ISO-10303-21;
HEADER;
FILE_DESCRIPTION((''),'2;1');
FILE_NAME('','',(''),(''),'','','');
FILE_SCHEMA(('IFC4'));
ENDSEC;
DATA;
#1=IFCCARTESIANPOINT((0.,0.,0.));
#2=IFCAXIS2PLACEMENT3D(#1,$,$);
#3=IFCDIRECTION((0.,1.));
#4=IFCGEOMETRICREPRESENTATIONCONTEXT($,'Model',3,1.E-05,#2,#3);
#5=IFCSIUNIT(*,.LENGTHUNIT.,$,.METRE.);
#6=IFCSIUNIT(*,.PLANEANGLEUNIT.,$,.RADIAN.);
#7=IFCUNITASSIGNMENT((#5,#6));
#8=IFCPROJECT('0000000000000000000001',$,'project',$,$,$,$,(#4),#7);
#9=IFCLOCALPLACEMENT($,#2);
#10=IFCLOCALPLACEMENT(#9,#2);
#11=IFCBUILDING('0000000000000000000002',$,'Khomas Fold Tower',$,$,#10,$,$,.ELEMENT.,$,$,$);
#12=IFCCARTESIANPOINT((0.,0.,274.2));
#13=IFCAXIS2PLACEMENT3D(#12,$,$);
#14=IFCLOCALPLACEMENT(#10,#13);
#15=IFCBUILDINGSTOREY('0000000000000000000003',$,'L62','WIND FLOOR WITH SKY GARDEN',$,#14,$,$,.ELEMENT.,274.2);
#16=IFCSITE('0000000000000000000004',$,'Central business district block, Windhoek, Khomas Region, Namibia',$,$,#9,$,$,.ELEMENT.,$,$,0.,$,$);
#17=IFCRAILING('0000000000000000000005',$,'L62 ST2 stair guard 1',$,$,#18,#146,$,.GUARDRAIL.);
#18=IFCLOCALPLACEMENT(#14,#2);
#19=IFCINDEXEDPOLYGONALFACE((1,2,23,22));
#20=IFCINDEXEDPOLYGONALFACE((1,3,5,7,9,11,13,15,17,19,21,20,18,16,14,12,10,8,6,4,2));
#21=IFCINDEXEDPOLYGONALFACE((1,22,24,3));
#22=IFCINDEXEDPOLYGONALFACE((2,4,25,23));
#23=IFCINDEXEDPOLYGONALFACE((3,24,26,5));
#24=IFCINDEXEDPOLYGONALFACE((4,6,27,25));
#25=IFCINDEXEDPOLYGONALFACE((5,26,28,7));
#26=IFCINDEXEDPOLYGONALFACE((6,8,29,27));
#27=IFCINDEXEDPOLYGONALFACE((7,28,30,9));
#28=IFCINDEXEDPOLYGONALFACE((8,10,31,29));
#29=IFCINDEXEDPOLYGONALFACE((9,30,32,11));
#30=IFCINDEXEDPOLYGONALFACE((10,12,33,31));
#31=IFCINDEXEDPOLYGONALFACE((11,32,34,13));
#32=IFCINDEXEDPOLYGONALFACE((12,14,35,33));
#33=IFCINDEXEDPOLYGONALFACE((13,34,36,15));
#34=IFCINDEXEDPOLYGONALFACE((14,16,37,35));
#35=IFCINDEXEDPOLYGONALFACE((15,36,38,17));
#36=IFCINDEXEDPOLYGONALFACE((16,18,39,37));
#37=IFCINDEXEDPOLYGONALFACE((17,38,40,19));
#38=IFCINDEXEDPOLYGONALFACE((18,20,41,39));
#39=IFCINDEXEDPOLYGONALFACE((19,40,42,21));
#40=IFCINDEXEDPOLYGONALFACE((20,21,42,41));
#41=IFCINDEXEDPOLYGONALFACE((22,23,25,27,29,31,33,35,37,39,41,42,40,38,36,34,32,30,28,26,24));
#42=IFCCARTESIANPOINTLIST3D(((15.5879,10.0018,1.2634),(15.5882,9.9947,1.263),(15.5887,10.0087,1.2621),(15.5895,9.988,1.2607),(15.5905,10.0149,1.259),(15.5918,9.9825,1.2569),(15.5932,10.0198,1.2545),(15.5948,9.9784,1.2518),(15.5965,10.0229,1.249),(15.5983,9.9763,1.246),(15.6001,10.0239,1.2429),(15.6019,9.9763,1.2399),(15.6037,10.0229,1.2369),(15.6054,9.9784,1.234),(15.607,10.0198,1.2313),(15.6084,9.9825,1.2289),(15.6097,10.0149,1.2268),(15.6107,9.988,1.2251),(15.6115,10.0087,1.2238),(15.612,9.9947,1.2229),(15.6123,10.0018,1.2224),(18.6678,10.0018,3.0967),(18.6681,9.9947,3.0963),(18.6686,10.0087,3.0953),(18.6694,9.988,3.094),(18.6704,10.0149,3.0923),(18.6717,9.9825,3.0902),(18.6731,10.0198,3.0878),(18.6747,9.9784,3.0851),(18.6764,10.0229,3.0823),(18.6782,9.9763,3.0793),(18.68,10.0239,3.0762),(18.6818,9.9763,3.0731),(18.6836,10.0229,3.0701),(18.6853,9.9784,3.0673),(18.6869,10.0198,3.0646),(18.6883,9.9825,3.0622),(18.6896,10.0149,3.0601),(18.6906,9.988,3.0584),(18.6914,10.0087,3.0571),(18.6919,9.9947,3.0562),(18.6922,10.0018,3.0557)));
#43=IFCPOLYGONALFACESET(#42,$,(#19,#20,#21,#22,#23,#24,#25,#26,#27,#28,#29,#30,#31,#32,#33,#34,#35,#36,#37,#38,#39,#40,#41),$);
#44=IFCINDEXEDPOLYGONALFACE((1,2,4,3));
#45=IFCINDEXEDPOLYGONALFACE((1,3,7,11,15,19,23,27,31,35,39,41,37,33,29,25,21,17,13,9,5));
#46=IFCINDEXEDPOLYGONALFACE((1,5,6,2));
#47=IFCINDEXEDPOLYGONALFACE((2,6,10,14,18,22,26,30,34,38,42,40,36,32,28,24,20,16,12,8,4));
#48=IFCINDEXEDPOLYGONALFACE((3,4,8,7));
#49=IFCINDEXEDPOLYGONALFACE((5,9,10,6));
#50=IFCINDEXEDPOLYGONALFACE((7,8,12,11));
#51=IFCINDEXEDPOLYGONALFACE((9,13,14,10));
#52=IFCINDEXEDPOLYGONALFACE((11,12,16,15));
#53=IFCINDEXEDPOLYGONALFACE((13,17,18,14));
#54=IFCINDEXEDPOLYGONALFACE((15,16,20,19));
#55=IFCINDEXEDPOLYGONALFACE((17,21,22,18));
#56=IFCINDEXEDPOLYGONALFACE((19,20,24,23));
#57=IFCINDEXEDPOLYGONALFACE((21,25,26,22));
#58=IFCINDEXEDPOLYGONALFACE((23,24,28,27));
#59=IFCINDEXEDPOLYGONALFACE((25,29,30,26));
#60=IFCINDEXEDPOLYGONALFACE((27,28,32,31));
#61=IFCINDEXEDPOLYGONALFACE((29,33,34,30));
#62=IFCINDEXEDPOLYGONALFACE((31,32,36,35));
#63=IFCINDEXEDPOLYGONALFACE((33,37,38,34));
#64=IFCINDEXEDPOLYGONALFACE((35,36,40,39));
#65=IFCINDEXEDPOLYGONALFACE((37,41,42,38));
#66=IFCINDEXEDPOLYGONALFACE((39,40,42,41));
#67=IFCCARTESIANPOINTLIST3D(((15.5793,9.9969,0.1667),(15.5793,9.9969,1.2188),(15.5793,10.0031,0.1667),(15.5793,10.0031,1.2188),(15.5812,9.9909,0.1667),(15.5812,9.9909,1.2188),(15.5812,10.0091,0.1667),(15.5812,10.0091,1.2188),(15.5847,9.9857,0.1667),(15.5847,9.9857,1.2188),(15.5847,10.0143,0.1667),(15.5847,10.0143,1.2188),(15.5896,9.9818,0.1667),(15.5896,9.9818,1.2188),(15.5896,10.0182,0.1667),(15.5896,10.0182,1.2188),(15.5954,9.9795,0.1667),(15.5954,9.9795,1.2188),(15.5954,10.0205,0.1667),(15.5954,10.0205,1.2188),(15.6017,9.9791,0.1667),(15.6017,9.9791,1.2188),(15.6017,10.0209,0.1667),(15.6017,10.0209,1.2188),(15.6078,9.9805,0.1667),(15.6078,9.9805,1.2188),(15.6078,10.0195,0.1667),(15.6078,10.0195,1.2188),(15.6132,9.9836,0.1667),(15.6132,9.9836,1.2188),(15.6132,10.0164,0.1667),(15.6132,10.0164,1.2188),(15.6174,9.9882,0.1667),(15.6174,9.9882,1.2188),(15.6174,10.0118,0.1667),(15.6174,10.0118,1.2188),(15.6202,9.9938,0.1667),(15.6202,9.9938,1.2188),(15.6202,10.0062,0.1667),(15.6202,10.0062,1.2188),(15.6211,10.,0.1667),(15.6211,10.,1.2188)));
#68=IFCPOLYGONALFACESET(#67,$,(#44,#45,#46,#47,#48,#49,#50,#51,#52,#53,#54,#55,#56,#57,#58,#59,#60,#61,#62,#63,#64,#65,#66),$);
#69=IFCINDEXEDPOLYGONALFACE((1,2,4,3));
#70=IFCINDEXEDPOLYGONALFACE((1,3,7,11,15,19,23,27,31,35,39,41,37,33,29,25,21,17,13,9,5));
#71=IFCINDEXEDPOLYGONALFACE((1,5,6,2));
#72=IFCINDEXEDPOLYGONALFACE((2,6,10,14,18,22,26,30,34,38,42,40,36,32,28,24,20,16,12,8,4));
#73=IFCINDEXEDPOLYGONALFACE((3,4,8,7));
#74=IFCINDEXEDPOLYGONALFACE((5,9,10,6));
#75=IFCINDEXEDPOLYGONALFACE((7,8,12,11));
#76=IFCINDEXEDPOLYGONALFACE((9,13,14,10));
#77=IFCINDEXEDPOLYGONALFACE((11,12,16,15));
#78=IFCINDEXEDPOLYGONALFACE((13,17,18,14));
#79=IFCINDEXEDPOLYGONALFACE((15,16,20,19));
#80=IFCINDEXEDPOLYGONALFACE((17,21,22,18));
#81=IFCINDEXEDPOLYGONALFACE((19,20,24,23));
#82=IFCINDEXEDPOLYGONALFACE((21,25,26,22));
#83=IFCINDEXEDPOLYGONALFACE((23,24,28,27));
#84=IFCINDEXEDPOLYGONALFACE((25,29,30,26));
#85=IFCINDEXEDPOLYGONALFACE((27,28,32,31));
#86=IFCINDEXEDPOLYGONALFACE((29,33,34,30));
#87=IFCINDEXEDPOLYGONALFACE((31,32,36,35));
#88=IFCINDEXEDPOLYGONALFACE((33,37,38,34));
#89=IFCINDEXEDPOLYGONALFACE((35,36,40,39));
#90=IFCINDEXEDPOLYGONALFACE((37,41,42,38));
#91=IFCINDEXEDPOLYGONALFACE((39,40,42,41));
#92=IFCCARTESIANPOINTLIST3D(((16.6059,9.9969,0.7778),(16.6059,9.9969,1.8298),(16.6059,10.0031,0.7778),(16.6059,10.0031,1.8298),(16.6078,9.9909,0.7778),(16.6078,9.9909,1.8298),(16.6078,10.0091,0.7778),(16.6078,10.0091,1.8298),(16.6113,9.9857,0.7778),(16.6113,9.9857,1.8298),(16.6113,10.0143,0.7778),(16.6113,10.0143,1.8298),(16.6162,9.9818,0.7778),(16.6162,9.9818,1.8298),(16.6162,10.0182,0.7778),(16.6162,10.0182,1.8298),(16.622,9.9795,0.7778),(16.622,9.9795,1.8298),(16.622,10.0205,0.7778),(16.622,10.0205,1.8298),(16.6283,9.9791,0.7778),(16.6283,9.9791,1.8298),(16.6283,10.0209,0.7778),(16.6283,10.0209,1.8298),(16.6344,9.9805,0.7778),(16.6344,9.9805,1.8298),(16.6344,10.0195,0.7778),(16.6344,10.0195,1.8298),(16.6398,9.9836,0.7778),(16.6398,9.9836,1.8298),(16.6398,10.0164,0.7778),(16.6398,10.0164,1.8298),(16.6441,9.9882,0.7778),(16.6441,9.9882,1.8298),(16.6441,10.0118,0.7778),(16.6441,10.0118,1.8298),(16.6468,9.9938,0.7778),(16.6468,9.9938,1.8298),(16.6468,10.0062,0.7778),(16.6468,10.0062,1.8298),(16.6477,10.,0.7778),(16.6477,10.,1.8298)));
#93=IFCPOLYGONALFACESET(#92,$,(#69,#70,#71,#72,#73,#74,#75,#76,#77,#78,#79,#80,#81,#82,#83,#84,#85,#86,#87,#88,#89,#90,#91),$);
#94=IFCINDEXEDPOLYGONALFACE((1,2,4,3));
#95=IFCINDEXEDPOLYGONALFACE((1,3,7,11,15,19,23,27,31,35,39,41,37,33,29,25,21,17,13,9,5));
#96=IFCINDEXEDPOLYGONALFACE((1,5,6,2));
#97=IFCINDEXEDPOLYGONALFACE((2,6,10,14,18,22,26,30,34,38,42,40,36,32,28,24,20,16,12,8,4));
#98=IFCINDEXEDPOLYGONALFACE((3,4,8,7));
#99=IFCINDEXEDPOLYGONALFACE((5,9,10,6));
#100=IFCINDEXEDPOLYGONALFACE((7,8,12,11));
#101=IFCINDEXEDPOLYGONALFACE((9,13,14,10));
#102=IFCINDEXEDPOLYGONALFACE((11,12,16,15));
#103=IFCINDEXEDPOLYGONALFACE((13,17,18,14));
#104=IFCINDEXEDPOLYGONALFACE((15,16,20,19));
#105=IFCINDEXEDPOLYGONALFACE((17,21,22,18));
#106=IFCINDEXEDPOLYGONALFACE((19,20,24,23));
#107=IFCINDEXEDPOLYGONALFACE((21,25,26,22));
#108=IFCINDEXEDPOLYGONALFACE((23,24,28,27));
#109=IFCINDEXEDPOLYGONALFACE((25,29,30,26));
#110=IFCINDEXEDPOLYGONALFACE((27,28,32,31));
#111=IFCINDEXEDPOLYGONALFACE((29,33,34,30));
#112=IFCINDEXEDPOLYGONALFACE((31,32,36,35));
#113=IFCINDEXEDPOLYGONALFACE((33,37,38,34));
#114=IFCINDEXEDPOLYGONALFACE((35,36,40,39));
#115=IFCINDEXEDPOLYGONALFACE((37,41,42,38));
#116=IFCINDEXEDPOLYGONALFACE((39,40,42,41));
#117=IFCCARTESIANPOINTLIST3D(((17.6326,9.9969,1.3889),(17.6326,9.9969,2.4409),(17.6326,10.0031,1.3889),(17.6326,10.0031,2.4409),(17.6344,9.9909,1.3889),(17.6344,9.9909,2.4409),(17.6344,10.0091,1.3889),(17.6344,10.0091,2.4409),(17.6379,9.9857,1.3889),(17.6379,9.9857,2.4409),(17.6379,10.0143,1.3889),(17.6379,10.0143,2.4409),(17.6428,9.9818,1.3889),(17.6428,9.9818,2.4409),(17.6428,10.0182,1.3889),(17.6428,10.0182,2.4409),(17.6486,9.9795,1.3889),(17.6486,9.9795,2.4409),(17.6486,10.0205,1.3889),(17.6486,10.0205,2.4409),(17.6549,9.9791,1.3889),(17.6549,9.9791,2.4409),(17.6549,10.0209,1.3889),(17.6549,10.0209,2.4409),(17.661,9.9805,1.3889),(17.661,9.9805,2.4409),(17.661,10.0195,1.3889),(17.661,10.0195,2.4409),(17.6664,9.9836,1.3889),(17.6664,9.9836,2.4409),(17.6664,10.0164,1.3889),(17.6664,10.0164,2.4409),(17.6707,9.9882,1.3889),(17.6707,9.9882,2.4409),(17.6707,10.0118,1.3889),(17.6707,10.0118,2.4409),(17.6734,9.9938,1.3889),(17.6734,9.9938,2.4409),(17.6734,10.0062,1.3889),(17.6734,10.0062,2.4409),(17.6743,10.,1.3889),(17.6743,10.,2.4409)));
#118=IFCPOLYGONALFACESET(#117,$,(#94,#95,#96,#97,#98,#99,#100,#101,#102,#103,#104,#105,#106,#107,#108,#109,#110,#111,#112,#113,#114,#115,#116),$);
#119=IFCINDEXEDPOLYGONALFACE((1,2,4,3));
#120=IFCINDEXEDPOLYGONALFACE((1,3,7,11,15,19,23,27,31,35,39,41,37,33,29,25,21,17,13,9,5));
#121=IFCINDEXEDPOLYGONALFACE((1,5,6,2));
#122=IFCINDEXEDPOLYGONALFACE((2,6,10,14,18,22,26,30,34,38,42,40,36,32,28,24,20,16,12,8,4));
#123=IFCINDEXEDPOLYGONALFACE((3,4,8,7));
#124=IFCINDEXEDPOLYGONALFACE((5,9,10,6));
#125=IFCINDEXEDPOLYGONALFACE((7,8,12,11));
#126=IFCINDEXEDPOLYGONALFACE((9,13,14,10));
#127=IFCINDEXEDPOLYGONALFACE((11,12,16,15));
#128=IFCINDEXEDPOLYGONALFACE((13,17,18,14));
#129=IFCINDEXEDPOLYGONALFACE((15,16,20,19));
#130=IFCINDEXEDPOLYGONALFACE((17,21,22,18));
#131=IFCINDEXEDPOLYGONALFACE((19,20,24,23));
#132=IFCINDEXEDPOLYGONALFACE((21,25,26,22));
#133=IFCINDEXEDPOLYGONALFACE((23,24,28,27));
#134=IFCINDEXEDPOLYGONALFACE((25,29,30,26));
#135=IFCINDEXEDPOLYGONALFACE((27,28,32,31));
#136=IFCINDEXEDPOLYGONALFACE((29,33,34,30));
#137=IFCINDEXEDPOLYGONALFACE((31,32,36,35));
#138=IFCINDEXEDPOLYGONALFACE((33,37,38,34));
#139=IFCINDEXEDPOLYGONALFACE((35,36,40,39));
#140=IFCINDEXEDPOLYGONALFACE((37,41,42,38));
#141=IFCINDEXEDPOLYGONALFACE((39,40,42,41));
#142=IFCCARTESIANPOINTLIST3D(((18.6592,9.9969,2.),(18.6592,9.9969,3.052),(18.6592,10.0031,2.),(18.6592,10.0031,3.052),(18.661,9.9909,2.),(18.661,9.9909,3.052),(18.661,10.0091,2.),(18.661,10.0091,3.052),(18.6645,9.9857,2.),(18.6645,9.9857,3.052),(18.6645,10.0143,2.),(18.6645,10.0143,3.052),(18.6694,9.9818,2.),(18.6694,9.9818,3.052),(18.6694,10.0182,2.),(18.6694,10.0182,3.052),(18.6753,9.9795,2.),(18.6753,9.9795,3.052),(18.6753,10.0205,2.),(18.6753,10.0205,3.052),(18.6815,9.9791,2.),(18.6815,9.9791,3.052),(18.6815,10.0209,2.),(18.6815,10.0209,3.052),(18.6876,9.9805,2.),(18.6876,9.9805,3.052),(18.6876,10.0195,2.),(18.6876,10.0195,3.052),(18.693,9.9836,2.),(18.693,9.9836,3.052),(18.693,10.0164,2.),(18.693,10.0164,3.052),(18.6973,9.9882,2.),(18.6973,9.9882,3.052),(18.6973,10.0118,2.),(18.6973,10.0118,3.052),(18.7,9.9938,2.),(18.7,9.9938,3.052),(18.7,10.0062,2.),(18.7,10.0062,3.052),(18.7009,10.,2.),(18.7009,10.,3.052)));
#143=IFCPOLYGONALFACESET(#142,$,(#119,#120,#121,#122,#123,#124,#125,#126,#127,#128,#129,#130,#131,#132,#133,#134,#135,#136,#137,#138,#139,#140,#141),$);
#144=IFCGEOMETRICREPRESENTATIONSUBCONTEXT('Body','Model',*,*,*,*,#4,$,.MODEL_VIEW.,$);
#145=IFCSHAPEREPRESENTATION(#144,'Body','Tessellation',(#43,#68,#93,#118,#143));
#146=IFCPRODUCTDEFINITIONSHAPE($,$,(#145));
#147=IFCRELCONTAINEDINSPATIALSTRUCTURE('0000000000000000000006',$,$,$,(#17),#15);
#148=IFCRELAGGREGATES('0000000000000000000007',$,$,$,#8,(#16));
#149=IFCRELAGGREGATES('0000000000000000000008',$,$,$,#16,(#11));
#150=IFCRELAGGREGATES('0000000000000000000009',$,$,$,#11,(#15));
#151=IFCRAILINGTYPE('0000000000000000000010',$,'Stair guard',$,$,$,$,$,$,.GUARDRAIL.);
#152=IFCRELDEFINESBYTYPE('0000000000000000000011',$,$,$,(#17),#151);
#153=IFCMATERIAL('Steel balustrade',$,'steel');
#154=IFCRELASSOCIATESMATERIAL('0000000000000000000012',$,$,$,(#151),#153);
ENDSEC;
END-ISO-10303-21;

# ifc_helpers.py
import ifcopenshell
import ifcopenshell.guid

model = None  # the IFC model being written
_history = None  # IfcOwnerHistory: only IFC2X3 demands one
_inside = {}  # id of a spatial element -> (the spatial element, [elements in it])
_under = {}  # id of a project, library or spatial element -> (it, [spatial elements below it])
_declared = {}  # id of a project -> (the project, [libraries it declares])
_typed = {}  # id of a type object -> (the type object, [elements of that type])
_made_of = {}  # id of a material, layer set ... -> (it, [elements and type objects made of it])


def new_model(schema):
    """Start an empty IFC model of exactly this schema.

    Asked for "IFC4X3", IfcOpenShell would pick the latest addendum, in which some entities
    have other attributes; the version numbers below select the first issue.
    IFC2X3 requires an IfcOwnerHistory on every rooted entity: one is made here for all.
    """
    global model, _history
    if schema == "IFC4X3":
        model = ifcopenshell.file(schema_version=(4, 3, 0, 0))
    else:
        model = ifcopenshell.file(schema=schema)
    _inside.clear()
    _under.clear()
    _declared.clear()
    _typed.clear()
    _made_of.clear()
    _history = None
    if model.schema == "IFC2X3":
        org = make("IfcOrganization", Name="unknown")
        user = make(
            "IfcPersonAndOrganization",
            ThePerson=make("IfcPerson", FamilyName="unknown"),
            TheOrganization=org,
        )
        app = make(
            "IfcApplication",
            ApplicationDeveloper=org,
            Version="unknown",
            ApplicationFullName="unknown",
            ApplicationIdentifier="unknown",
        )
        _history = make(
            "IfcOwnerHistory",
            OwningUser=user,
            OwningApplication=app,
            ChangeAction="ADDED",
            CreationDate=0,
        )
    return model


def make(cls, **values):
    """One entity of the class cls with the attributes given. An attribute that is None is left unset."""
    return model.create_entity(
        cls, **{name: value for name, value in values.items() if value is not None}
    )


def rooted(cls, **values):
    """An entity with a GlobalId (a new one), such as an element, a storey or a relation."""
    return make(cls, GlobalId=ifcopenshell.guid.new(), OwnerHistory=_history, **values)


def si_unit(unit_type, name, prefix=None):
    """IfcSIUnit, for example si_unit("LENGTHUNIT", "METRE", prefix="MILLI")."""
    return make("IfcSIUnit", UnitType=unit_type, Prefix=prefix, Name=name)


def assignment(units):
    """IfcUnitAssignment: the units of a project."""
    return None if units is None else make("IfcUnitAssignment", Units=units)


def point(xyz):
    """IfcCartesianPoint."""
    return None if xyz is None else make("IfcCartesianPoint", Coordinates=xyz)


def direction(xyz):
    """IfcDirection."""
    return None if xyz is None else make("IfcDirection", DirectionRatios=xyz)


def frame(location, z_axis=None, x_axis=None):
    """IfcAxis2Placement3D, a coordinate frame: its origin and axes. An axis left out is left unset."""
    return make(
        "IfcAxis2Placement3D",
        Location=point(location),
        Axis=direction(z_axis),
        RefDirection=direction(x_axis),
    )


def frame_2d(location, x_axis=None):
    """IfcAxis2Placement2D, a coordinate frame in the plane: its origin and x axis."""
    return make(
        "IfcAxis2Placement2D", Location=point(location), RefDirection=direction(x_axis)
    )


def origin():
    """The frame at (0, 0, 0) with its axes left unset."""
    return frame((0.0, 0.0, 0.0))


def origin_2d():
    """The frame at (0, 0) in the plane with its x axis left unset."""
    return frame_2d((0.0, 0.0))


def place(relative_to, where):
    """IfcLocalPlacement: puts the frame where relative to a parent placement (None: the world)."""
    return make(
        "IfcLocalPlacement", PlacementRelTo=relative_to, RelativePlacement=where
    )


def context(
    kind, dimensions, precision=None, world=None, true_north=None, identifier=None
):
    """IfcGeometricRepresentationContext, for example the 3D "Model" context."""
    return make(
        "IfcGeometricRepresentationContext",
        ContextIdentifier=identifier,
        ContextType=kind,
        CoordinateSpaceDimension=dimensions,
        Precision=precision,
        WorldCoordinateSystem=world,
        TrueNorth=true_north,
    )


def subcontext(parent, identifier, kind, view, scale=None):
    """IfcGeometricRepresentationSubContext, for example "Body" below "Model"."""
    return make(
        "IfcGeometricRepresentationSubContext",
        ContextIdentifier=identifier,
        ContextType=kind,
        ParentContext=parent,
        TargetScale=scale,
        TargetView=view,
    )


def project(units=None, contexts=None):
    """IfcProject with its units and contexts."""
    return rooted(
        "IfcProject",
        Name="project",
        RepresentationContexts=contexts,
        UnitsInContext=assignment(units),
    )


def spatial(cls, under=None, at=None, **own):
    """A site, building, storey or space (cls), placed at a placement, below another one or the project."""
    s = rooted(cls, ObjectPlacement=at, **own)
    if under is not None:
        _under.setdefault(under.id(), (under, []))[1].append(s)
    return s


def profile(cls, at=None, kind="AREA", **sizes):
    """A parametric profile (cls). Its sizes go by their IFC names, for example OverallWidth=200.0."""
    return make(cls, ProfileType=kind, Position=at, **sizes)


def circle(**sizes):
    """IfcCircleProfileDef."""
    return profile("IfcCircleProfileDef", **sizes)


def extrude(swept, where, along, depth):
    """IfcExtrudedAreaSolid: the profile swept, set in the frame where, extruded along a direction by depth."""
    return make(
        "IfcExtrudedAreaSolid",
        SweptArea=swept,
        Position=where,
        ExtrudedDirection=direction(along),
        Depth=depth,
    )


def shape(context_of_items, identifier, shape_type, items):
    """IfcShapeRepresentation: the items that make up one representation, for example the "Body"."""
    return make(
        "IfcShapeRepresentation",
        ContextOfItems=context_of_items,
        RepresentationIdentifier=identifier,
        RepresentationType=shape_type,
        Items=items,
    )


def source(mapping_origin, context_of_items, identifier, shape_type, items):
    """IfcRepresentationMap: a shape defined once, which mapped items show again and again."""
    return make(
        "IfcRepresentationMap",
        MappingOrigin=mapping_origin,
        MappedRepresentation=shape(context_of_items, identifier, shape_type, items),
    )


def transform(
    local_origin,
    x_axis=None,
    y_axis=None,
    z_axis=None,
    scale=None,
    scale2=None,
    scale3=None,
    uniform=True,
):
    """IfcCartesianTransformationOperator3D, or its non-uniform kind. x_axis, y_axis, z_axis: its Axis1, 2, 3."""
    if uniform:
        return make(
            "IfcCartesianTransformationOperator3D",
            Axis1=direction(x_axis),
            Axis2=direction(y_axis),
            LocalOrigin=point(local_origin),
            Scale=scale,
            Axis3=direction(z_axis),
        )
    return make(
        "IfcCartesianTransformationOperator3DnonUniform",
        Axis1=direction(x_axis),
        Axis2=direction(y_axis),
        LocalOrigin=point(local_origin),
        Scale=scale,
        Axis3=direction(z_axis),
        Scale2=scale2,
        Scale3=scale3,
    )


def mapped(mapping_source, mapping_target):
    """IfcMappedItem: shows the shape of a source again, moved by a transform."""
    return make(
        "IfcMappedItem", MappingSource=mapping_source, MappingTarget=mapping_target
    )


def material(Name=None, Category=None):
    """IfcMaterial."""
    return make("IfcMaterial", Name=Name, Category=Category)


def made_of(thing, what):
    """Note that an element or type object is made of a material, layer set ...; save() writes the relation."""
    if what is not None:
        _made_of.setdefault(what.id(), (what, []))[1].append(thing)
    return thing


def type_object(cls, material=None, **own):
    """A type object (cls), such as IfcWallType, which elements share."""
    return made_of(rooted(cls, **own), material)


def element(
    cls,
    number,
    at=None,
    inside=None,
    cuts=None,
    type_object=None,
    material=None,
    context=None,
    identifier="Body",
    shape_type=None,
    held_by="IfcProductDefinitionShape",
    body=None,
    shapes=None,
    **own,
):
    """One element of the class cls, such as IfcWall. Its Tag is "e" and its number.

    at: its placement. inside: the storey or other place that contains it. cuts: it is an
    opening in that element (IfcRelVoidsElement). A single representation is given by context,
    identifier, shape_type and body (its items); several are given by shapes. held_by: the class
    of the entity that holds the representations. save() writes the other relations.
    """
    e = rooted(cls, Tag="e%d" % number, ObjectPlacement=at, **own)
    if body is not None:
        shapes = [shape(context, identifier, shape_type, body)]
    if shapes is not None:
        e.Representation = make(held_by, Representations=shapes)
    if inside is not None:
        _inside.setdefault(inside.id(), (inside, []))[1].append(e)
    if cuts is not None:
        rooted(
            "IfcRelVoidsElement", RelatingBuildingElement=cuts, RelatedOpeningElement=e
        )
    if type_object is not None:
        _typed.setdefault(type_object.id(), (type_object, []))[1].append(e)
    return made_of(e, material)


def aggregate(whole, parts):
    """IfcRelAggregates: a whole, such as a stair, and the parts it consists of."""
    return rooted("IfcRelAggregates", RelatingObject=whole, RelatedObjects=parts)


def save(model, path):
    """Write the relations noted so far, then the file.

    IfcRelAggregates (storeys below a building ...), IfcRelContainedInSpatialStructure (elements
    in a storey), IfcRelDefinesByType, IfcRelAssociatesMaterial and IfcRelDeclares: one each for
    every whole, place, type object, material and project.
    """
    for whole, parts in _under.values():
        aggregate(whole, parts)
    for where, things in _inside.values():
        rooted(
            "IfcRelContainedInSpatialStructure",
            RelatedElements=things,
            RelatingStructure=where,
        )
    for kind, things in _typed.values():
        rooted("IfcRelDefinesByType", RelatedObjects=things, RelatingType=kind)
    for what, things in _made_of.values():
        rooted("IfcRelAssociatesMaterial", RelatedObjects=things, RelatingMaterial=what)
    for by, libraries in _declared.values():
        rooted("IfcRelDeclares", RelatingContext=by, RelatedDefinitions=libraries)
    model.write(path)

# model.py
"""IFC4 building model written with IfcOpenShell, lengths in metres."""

from ifc_helpers import new_model, si_unit, direction, frame, origin, origin_2d, place, context, subcontext, project, spatial, circle, extrude, source, transform, mapped, material, type_object, element, save


model = new_model("IFC4")

# Units and contexts
model_context = context("Model", 3, precision=1e-05, world=origin(), true_north=direction((0.0, 1.0)))
body_context = subcontext(model_context, "Body", "Model", "MODEL_VIEW")
ifc_project = project(units=[si_unit("LENGTHUNIT", "METRE"), si_unit("PLANEANGLEUNIT", "RADIAN")], contexts=[model_context])

# Site, building, storey
site_placement = place(None, origin())
site = spatial("IfcSite", under=ifc_project, at=site_placement, Name="Central business district block, Windhoek, Khomas Region, Namibia", CompositionType="ELEMENT", RefElevation=0.0)
building_placement = place(site_placement, origin())
building = spatial("IfcBuilding", under=site, at=building_placement, Name="Khomas Fold Tower", CompositionType="ELEMENT")
storey_placement = place(building_placement, frame((0.0, 0.0, 274.2)))
storey = spatial("IfcBuildingStorey", under=building, at=storey_placement, Name="L62", Description="WIND FLOOR WITH SKY GARDEN", CompositionType="ELEMENT", Elevation=274.2)

# Railing
ifc_material_1 = material(Name="Steel balustrade", Category="steel")
railing_type_1 = type_object("IfcRailingType", Name="Stair guard", PredefinedType="GUARDRAIL", material=ifc_material_1)
shared_shape_1 = source(origin(), body_context, "Body", "SweptSolid", [
    extrude(circle(Radius=0.0239, at=origin_2d()), frame((0.0, 0.0, 1.0762), z_axis=(0.859291, 0.0, 0.511487), x_axis=(0.0, 1.0, 0.0)), (0.0, 0.0, 1.0), 3.5842),
    extrude(circle(Radius=0.021, at=origin_2d()), origin(), (0.0, 0.0, 1.0), 1.052),
    extrude(circle(Radius=0.021, at=origin_2d()), frame((1.0266, 0.0, 0.6111)), (0.0, 0.0, 1.0), 1.052),
    extrude(circle(Radius=0.021, at=origin_2d()), frame((2.0532, 0.0, 1.2222)), (0.0, 0.0, 1.0), 1.052),
    extrude(circle(Radius=0.021, at=origin_2d()), frame((3.0798, 0.0, 1.8333)), (0.0, 0.0, 1.0), 1.052),
])
for number, where, name in (
    (1, (15.6001, 10.0, 0.1667), "L62 ST2 stair guard 1"),
):
    element("IfcRailing", number, at=place(storey_placement, frame(where)), inside=storey, type_object=railing_type_1, Name=name, PredefinedType="GUARDRAIL", context=body_context, shape_type="MappedRepresentation", body=[
        mapped(shared_shape_1, transform((0.0, 0.0, 0.0))),
    ])

save(model, "model.ifc")
